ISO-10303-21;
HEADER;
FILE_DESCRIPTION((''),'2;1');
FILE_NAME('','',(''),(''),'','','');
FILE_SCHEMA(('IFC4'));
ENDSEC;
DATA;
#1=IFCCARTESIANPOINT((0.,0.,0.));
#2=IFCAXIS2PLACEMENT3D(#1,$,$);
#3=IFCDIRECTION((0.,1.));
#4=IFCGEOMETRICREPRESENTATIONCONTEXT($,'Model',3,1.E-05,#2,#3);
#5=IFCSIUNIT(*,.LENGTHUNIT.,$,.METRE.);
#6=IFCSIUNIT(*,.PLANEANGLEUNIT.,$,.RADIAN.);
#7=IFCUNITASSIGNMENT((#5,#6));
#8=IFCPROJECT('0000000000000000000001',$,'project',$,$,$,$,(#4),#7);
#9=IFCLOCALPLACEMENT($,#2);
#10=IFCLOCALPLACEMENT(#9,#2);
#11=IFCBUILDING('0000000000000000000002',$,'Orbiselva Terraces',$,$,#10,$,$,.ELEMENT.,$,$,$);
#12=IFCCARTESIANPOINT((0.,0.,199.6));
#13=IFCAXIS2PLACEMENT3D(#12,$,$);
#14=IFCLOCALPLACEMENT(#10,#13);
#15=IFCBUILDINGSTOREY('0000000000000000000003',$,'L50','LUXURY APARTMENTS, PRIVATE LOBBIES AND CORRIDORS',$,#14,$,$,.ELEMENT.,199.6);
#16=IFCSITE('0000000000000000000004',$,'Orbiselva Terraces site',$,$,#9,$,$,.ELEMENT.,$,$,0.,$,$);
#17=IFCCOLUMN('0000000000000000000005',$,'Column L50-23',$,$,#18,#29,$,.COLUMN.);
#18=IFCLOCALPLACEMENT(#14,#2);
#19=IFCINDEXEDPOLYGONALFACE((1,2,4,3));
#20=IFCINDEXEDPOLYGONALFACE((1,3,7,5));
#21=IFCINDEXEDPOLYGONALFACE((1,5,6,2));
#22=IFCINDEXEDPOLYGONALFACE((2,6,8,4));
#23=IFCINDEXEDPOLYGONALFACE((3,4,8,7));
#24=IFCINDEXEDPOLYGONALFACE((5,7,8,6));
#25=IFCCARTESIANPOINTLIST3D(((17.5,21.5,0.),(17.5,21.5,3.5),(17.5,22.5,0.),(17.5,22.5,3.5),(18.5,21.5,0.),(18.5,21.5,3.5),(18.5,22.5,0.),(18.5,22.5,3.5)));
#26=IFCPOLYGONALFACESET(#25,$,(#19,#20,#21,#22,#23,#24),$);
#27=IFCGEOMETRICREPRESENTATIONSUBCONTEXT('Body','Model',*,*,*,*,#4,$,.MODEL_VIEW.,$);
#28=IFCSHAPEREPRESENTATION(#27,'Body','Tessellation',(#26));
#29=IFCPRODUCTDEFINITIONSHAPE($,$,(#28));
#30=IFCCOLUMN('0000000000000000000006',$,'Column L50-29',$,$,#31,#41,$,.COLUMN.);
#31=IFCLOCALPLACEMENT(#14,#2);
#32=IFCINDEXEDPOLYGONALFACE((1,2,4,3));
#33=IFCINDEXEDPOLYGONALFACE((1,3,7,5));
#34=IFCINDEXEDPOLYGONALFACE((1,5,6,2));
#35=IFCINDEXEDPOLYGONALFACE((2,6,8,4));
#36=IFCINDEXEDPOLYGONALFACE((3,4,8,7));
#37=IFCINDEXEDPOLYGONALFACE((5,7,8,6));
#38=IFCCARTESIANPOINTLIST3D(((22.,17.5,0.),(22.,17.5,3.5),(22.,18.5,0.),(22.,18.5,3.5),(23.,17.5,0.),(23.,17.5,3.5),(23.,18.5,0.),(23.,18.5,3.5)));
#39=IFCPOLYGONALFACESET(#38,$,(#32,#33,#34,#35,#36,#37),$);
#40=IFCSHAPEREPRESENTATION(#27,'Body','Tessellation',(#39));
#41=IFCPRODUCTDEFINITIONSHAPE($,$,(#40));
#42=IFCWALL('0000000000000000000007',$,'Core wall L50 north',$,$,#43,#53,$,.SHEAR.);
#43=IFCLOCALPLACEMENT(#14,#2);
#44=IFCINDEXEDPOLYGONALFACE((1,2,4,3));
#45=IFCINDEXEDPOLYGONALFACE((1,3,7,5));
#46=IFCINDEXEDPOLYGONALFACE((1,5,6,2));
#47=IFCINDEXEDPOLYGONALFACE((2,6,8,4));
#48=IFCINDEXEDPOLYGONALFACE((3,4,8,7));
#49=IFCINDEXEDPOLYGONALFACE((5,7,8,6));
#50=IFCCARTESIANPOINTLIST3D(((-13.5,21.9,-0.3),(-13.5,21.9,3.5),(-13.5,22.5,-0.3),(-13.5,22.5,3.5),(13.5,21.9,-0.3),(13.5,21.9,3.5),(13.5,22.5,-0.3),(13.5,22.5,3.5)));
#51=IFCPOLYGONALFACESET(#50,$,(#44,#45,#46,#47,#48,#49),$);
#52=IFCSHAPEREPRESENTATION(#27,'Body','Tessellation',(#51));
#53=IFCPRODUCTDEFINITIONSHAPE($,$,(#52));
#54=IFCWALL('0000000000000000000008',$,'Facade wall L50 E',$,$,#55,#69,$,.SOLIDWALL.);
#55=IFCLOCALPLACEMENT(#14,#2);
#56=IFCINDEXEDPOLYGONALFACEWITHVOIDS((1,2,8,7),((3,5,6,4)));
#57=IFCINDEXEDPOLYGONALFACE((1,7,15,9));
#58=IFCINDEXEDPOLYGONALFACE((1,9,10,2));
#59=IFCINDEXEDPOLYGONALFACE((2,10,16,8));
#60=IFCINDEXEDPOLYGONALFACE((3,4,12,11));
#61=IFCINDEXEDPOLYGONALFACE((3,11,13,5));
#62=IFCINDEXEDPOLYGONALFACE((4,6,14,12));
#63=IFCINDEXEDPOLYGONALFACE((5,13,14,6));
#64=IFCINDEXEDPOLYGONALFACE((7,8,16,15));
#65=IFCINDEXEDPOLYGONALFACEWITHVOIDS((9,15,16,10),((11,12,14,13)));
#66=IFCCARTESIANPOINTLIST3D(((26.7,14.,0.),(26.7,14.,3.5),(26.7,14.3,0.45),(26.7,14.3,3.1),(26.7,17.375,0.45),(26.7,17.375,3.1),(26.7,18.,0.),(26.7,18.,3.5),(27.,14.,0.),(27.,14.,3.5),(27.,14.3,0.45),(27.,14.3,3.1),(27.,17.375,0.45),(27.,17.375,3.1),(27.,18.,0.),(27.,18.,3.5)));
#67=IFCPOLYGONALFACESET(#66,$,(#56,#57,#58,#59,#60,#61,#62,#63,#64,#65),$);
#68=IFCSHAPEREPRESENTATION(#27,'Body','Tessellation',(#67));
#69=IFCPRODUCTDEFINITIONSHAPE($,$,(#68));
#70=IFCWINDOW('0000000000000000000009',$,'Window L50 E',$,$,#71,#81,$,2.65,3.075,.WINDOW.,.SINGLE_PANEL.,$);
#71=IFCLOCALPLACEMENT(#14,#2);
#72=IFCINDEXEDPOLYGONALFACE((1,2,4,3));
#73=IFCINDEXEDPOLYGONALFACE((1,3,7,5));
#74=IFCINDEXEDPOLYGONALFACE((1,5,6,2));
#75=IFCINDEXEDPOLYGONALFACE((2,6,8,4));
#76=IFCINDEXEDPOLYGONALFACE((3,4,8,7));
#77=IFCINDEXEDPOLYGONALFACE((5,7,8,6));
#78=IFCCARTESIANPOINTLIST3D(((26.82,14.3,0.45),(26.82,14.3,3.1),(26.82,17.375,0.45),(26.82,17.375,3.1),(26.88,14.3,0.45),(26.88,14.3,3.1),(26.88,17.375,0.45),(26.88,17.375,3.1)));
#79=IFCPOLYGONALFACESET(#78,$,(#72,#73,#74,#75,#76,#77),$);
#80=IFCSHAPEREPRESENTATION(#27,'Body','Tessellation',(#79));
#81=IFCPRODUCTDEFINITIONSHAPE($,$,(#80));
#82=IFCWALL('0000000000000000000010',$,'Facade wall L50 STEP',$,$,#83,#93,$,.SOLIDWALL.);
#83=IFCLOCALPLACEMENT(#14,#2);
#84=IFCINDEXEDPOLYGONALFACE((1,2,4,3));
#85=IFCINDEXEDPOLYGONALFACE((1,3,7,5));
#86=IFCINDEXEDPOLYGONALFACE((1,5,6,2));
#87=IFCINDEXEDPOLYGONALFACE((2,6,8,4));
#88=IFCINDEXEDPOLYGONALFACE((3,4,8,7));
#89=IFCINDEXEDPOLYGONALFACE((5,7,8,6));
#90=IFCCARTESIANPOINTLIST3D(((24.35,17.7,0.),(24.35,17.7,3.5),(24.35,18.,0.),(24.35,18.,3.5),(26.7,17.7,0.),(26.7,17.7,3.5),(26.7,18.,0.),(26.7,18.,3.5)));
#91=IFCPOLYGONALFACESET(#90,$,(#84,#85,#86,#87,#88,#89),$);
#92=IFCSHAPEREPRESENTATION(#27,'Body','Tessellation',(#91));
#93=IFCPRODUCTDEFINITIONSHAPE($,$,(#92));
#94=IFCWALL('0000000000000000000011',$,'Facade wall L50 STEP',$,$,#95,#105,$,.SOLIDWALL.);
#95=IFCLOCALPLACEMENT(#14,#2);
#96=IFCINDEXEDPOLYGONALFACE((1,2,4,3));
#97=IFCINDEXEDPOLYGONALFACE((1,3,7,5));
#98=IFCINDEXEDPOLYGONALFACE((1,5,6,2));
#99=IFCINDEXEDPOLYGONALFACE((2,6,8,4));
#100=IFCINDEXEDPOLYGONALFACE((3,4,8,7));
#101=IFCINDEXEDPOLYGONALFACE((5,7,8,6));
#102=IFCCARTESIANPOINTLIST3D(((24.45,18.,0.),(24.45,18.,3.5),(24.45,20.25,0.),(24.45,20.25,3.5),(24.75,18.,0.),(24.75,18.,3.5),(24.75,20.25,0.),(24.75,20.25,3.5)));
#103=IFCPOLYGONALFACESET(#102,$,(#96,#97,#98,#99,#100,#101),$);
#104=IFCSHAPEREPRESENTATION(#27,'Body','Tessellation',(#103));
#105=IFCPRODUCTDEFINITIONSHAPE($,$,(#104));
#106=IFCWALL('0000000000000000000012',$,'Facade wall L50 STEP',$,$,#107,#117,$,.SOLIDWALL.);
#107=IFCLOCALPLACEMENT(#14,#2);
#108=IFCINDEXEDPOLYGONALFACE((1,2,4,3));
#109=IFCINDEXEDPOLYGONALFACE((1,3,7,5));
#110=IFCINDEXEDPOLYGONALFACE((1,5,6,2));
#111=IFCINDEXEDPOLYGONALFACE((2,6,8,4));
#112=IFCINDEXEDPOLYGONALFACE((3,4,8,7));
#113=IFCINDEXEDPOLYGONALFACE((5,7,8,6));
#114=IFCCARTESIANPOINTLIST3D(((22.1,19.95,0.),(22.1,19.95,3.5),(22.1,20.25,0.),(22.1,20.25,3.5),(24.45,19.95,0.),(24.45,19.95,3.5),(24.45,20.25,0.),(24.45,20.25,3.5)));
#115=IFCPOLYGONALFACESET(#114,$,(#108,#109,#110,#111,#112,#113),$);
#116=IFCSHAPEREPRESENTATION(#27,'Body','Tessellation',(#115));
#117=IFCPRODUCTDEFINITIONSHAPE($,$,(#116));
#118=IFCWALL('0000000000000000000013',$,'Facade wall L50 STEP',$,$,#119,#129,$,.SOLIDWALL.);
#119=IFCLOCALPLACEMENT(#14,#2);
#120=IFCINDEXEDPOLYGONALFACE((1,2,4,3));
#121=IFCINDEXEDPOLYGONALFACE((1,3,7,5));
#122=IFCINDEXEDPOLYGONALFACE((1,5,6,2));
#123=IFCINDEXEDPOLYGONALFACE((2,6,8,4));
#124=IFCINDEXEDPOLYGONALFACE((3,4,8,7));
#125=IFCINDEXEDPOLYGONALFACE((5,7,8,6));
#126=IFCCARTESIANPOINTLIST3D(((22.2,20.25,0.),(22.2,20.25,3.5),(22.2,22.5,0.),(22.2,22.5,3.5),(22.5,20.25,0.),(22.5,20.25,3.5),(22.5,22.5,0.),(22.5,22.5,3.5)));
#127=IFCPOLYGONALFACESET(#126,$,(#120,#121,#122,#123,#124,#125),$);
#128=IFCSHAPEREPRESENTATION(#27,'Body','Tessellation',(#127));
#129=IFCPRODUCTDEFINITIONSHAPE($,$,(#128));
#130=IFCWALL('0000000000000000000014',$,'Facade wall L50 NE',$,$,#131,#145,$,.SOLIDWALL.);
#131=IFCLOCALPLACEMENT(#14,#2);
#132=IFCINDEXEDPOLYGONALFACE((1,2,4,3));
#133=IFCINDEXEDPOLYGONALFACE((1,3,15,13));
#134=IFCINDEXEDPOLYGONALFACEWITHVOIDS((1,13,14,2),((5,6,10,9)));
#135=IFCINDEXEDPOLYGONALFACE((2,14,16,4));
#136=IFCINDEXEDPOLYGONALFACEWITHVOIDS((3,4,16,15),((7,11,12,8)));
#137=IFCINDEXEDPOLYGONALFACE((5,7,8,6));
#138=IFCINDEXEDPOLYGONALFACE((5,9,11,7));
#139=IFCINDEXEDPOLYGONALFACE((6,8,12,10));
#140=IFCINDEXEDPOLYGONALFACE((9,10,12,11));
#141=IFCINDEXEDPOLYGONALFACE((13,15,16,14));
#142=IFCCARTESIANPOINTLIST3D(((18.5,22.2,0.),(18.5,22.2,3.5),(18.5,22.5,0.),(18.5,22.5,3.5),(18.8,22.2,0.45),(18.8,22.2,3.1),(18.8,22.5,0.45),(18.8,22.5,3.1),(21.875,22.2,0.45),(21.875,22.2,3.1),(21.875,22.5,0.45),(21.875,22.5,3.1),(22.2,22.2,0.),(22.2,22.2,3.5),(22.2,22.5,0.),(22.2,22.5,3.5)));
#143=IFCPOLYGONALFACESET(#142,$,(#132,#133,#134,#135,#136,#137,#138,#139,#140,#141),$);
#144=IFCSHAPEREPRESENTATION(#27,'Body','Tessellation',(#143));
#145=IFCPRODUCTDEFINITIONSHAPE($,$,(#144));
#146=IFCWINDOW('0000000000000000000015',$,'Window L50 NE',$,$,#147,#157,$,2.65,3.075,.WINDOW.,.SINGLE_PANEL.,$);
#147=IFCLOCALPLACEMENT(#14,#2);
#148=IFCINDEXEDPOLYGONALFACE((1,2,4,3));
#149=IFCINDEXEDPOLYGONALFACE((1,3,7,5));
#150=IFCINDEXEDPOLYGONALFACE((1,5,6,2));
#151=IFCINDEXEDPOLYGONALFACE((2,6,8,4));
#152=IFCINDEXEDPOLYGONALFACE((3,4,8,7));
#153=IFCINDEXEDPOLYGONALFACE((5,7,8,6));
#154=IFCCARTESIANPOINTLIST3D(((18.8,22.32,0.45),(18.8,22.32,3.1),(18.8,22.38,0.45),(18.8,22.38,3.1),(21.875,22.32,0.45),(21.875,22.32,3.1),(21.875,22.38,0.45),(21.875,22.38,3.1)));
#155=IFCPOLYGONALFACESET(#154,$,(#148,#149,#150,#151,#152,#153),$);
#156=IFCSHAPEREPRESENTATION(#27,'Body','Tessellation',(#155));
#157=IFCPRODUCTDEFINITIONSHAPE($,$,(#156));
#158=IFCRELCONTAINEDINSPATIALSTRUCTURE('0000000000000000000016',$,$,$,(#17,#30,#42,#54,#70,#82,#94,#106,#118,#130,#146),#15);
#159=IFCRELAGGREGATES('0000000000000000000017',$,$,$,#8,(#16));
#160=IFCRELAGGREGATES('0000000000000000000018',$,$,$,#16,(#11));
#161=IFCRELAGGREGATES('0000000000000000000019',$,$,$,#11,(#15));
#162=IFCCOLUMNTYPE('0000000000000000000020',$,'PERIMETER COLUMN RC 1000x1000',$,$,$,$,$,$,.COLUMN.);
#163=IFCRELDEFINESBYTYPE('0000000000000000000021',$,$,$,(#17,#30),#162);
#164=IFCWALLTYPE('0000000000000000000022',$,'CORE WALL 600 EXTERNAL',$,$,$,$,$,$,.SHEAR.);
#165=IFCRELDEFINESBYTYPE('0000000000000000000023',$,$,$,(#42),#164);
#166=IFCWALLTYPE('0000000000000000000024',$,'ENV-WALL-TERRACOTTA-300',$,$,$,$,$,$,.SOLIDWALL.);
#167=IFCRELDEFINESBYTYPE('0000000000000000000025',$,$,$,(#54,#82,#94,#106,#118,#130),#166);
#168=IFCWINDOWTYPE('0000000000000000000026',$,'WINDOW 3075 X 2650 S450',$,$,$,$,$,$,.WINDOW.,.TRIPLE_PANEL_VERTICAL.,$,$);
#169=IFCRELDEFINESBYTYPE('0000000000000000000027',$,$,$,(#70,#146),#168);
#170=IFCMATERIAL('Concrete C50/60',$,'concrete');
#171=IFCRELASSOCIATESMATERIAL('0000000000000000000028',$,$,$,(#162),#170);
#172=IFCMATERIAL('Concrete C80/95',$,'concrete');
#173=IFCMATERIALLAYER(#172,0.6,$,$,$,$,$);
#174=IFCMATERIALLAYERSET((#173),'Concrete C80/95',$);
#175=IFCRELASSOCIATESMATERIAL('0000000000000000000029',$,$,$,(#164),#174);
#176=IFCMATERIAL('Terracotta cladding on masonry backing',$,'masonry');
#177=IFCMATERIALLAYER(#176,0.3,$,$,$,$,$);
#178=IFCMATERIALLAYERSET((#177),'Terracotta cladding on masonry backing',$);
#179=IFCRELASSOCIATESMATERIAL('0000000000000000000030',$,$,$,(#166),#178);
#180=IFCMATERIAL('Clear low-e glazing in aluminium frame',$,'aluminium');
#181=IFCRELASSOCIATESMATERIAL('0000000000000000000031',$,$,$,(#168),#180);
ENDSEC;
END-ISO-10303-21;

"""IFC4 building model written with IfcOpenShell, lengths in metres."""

from ifc_helpers import new_model, si_unit, direction, frame, frame_2d, origin, origin_2d, place, context, subcontext, project, spatial, rectangle, extrude, material, layer, layer_set, material_profile, profile_set, type_object, element, fill, save


model = new_model("IFC4")

# Units and contexts
model_context = context("Model", 3, precision=1e-05, world=origin(), true_north=direction((0.0, 1.0)))
body_context = subcontext(model_context, "Body", "Model", "MODEL_VIEW")
ifc_project = project(units=[si_unit("LENGTHUNIT", "METRE"), si_unit("PLANEANGLEUNIT", "RADIAN")], contexts=[model_context])

# Site, building, storey
site_placement = place(None, origin())
site = spatial("IfcSite", under=ifc_project, at=site_placement, Name="Orbiselva Terraces site", CompositionType="ELEMENT", RefElevation=0.0)
building_placement = place(site_placement, origin())
building = spatial("IfcBuilding", under=site, at=building_placement, Name="Orbiselva Terraces", CompositionType="ELEMENT")
storey_placement = place(building_placement, frame((0.0, 0.0, 199.6)))
storey = spatial("IfcBuildingStorey", under=building, at=storey_placement, Name="L50", Description="LUXURY APARTMENTS, PRIVATE LOBBIES AND CORRIDORS", CompositionType="ELEMENT", Elevation=199.6)

# Columns
ifc_material_1 = material(Name="Concrete C50/60", Category="concrete")
ifc_material_profile = material_profile(ifc_material_1, rectangle(XDim=1.0, YDim=1.0, at=origin_2d()), Name="RC 1000x1000")
ifc_profile_set = profile_set([ifc_material_profile], Name="Concrete C50/60")
column_type = type_object("IfcColumnType", Name="PERIMETER COLUMN RC 1000x1000", PredefinedType="COLUMN", material=ifc_profile_set)
for number, where, z_axis, x_axis, name in (
    (1, (18.0, 22.0, 0.0), (0.0, 0.0, 1.0), (1.0, 0.0, 0.0), "Column L50-23"),
    (2, (22.5, 18.0, 0.0), (0.0, 0.0, 1.0), (1.0, 0.0, 0.0), "Column L50-29"),
):
    element("IfcColumn", number, at=place(storey_placement, frame(where, z_axis=z_axis, x_axis=x_axis)), inside=storey, type_object=column_type, Name=name, PredefinedType="COLUMN", context=body_context, shape_type="SweptSolid", body=[
        extrude(rectangle(XDim=1.0, YDim=1.0, at=origin_2d()), origin(), (0.0, 0.0, 1.0), 3.5),
    ])

# Wall
ifc_material_2 = material(Name="Concrete C80/95", Category="concrete")
ifc_layer_1 = layer(ifc_material_2, 0.6)
ifc_layer_set_1 = layer_set([ifc_layer_1], Name="Concrete C80/95")
wall_type_1 = type_object("IfcWallType", Name="CORE WALL 600 EXTERNAL", PredefinedType="SHEAR", material=ifc_layer_set_1)
wall_1_placement = place(storey_placement, frame((13.5, 22.2, -0.3), z_axis=(0.0, 0.0, 1.0), x_axis=(-1.0, 0.0, 0.0)))
element("IfcWall", 3, at=wall_1_placement, inside=storey, type_object=wall_type_1, Name="Core wall L50 north", PredefinedType="SHEAR", context=body_context, shape_type="SweptSolid", body=[
    extrude(rectangle(XDim=27.0, YDim=0.6, at=frame_2d((13.5, 0.0))), origin(), (0.0, 0.0, 1.0), 3.8),
])

# Wall, opening, window
ifc_material_3 = material(Name="Terracotta cladding on masonry backing", Category="masonry")
ifc_layer_2 = layer(ifc_material_3, 0.3)
ifc_layer_set_2 = layer_set([ifc_layer_2], Name="Terracotta cladding on masonry backing")
wall_type_2 = type_object("IfcWallType", Name="ENV-WALL-TERRACOTTA-300", PredefinedType="SOLIDWALL", material=ifc_layer_set_2)
wall_2_placement = place(storey_placement, frame((26.85, 18.0, 0.0), z_axis=(0.0, 0.0, 1.0), x_axis=(0.0, -1.0, 0.0)))
wall_2 = element("IfcWall", 4, at=wall_2_placement, inside=storey, type_object=wall_type_2, Name="Facade wall L50 E", PredefinedType="SOLIDWALL", context=body_context, shape_type="SweptSolid", body=[
    extrude(rectangle(XDim=4.0, YDim=0.3, at=frame_2d((2.0, 0.0))), origin(), (0.0, 0.0, 1.0), 3.5),
])
opening_1_placement = place(wall_2_placement, frame((0.625, 0.0, 0.45)))
opening_1 = element("IfcOpeningElement", 5, at=opening_1_placement, cuts=wall_2, PredefinedType="OPENING", context=body_context, shape_type="SweptSolid", body=[
    extrude(rectangle(XDim=3.075, YDim=2.65, at=frame_2d((1.5375, 1.325))), frame((0.0, 0.16, 0.0), z_axis=(0.0, -1.0, 0.0), x_axis=(1.0, 0.0, 0.0)), (0.0, 0.0, 1.0), 0.32),
])
ifc_material_4 = material(Name="Clear low-e glazing in aluminium frame", Category="aluminium")
window_type = type_object("IfcWindowType", Name="WINDOW 3075 X 2650 S450", PartitioningType="TRIPLE_PANEL_VERTICAL", PredefinedType="WINDOW", material=ifc_material_4)
window_1_placement = place(opening_1_placement, origin())
window_1 = element("IfcWindow", 6, at=window_1_placement, inside=storey, type_object=window_type, Name="Window L50 E", OverallHeight=2.65, OverallWidth=3.075, PartitioningType="SINGLE_PANEL", PredefinedType="WINDOW", context=body_context, shape_type="SweptSolid", body=[
    extrude(rectangle(XDim=3.075, YDim=2.65, at=frame_2d((1.5375, 1.325))), frame((0.0, 0.03, 0.0), z_axis=(0.0, -1.0, 0.0), x_axis=(1.0, 0.0, 0.0)), (0.0, 0.0, 1.0), 0.06),
])
fill(opening_1, window_1)

# Walls
wall_3_placement = place(storey_placement, frame((24.35, 17.85, 0.0), z_axis=(0.0, 0.0, 1.0), x_axis=(1.0, 0.0, 0.0)))
element("IfcWall", 7, at=wall_3_placement, inside=storey, type_object=wall_type_2, Name="Facade wall L50 STEP", PredefinedType="SOLIDWALL", context=body_context, shape_type="SweptSolid", body=[
    extrude(rectangle(XDim=2.35, YDim=0.3, at=frame_2d((1.175, 0.0))), origin(), (0.0, 0.0, 1.0), 3.5),
])
wall_4_placement = place(storey_placement, frame((24.6, 20.25, 0.0), z_axis=(0.0, 0.0, 1.0), x_axis=(0.0, -1.0, 0.0)))
element("IfcWall", 8, at=wall_4_placement, inside=storey, type_object=wall_type_2, Name="Facade wall L50 STEP", PredefinedType="SOLIDWALL", context=body_context, shape_type="SweptSolid", body=[
    extrude(rectangle(XDim=2.25, YDim=0.3, at=frame_2d((1.125, 0.0))), origin(), (0.0, 0.0, 1.0), 3.5),
])
wall_5_placement = place(storey_placement, frame((22.1, 20.1, 0.0), z_axis=(0.0, 0.0, 1.0), x_axis=(1.0, 0.0, 0.0)))
element("IfcWall", 9, at=wall_5_placement, inside=storey, type_object=wall_type_2, Name="Facade wall L50 STEP", PredefinedType="SOLIDWALL", context=body_context, shape_type="SweptSolid", body=[
    extrude(rectangle(XDim=2.35, YDim=0.3, at=frame_2d((1.175, 0.0))), origin(), (0.0, 0.0, 1.0), 3.5),
])
wall_6_placement = place(storey_placement, frame((22.35, 22.5, 0.0), z_axis=(0.0, 0.0, 1.0), x_axis=(0.0, -1.0, 0.0)))
element("IfcWall", 10, at=wall_6_placement, inside=storey, type_object=wall_type_2, Name="Facade wall L50 STEP", PredefinedType="SOLIDWALL", context=body_context, shape_type="SweptSolid", body=[
    extrude(rectangle(XDim=2.25, YDim=0.3, at=frame_2d((1.125, 0.0))), origin(), (0.0, 0.0, 1.0), 3.5),
])

# Wall, opening, window
wall_7_placement = place(storey_placement, frame((18.5, 22.35, 0.0), z_axis=(0.0, 0.0, 1.0), x_axis=(1.0, 0.0, 0.0)))
wall_7 = element("IfcWall", 11, at=wall_7_placement, inside=storey, type_object=wall_type_2, Name="Facade wall L50 NE", PredefinedType="SOLIDWALL", context=body_context, shape_type="SweptSolid", body=[
    extrude(rectangle(XDim=3.7, YDim=0.3, at=frame_2d((1.85, 0.0))), origin(), (0.0, 0.0, 1.0), 3.5),
])
opening_2_placement = place(wall_7_placement, frame((0.3, 0.0, 0.45)))
opening_2 = element("IfcOpeningElement", 12, at=opening_2_placement, cuts=wall_7, PredefinedType="OPENING", context=body_context, shape_type="SweptSolid", body=[
    extrude(rectangle(XDim=3.075, YDim=2.65, at=frame_2d((1.5375, 1.325))), frame((0.0, 0.16, 0.0), z_axis=(0.0, -1.0, 0.0), x_axis=(1.0, 0.0, 0.0)), (0.0, 0.0, 1.0), 0.32),
])
window_2_placement = place(opening_2_placement, origin())
window_2 = element("IfcWindow", 13, at=window_2_placement, inside=storey, type_object=window_type, Name="Window L50 NE", OverallHeight=2.65, OverallWidth=3.075, PartitioningType="SINGLE_PANEL", PredefinedType="WINDOW", context=body_context, shape_type="SweptSolid", body=[
    extrude(rectangle(XDim=3.075, YDim=2.65, at=frame_2d((1.5375, 1.325))), frame((0.0, 0.03, 0.0), z_axis=(0.0, -1.0, 0.0), x_axis=(1.0, 0.0, 0.0)), (0.0, 0.0, 1.0), 0.06),
])
fill(opening_2, window_2)

save(model, "model.ifc")
